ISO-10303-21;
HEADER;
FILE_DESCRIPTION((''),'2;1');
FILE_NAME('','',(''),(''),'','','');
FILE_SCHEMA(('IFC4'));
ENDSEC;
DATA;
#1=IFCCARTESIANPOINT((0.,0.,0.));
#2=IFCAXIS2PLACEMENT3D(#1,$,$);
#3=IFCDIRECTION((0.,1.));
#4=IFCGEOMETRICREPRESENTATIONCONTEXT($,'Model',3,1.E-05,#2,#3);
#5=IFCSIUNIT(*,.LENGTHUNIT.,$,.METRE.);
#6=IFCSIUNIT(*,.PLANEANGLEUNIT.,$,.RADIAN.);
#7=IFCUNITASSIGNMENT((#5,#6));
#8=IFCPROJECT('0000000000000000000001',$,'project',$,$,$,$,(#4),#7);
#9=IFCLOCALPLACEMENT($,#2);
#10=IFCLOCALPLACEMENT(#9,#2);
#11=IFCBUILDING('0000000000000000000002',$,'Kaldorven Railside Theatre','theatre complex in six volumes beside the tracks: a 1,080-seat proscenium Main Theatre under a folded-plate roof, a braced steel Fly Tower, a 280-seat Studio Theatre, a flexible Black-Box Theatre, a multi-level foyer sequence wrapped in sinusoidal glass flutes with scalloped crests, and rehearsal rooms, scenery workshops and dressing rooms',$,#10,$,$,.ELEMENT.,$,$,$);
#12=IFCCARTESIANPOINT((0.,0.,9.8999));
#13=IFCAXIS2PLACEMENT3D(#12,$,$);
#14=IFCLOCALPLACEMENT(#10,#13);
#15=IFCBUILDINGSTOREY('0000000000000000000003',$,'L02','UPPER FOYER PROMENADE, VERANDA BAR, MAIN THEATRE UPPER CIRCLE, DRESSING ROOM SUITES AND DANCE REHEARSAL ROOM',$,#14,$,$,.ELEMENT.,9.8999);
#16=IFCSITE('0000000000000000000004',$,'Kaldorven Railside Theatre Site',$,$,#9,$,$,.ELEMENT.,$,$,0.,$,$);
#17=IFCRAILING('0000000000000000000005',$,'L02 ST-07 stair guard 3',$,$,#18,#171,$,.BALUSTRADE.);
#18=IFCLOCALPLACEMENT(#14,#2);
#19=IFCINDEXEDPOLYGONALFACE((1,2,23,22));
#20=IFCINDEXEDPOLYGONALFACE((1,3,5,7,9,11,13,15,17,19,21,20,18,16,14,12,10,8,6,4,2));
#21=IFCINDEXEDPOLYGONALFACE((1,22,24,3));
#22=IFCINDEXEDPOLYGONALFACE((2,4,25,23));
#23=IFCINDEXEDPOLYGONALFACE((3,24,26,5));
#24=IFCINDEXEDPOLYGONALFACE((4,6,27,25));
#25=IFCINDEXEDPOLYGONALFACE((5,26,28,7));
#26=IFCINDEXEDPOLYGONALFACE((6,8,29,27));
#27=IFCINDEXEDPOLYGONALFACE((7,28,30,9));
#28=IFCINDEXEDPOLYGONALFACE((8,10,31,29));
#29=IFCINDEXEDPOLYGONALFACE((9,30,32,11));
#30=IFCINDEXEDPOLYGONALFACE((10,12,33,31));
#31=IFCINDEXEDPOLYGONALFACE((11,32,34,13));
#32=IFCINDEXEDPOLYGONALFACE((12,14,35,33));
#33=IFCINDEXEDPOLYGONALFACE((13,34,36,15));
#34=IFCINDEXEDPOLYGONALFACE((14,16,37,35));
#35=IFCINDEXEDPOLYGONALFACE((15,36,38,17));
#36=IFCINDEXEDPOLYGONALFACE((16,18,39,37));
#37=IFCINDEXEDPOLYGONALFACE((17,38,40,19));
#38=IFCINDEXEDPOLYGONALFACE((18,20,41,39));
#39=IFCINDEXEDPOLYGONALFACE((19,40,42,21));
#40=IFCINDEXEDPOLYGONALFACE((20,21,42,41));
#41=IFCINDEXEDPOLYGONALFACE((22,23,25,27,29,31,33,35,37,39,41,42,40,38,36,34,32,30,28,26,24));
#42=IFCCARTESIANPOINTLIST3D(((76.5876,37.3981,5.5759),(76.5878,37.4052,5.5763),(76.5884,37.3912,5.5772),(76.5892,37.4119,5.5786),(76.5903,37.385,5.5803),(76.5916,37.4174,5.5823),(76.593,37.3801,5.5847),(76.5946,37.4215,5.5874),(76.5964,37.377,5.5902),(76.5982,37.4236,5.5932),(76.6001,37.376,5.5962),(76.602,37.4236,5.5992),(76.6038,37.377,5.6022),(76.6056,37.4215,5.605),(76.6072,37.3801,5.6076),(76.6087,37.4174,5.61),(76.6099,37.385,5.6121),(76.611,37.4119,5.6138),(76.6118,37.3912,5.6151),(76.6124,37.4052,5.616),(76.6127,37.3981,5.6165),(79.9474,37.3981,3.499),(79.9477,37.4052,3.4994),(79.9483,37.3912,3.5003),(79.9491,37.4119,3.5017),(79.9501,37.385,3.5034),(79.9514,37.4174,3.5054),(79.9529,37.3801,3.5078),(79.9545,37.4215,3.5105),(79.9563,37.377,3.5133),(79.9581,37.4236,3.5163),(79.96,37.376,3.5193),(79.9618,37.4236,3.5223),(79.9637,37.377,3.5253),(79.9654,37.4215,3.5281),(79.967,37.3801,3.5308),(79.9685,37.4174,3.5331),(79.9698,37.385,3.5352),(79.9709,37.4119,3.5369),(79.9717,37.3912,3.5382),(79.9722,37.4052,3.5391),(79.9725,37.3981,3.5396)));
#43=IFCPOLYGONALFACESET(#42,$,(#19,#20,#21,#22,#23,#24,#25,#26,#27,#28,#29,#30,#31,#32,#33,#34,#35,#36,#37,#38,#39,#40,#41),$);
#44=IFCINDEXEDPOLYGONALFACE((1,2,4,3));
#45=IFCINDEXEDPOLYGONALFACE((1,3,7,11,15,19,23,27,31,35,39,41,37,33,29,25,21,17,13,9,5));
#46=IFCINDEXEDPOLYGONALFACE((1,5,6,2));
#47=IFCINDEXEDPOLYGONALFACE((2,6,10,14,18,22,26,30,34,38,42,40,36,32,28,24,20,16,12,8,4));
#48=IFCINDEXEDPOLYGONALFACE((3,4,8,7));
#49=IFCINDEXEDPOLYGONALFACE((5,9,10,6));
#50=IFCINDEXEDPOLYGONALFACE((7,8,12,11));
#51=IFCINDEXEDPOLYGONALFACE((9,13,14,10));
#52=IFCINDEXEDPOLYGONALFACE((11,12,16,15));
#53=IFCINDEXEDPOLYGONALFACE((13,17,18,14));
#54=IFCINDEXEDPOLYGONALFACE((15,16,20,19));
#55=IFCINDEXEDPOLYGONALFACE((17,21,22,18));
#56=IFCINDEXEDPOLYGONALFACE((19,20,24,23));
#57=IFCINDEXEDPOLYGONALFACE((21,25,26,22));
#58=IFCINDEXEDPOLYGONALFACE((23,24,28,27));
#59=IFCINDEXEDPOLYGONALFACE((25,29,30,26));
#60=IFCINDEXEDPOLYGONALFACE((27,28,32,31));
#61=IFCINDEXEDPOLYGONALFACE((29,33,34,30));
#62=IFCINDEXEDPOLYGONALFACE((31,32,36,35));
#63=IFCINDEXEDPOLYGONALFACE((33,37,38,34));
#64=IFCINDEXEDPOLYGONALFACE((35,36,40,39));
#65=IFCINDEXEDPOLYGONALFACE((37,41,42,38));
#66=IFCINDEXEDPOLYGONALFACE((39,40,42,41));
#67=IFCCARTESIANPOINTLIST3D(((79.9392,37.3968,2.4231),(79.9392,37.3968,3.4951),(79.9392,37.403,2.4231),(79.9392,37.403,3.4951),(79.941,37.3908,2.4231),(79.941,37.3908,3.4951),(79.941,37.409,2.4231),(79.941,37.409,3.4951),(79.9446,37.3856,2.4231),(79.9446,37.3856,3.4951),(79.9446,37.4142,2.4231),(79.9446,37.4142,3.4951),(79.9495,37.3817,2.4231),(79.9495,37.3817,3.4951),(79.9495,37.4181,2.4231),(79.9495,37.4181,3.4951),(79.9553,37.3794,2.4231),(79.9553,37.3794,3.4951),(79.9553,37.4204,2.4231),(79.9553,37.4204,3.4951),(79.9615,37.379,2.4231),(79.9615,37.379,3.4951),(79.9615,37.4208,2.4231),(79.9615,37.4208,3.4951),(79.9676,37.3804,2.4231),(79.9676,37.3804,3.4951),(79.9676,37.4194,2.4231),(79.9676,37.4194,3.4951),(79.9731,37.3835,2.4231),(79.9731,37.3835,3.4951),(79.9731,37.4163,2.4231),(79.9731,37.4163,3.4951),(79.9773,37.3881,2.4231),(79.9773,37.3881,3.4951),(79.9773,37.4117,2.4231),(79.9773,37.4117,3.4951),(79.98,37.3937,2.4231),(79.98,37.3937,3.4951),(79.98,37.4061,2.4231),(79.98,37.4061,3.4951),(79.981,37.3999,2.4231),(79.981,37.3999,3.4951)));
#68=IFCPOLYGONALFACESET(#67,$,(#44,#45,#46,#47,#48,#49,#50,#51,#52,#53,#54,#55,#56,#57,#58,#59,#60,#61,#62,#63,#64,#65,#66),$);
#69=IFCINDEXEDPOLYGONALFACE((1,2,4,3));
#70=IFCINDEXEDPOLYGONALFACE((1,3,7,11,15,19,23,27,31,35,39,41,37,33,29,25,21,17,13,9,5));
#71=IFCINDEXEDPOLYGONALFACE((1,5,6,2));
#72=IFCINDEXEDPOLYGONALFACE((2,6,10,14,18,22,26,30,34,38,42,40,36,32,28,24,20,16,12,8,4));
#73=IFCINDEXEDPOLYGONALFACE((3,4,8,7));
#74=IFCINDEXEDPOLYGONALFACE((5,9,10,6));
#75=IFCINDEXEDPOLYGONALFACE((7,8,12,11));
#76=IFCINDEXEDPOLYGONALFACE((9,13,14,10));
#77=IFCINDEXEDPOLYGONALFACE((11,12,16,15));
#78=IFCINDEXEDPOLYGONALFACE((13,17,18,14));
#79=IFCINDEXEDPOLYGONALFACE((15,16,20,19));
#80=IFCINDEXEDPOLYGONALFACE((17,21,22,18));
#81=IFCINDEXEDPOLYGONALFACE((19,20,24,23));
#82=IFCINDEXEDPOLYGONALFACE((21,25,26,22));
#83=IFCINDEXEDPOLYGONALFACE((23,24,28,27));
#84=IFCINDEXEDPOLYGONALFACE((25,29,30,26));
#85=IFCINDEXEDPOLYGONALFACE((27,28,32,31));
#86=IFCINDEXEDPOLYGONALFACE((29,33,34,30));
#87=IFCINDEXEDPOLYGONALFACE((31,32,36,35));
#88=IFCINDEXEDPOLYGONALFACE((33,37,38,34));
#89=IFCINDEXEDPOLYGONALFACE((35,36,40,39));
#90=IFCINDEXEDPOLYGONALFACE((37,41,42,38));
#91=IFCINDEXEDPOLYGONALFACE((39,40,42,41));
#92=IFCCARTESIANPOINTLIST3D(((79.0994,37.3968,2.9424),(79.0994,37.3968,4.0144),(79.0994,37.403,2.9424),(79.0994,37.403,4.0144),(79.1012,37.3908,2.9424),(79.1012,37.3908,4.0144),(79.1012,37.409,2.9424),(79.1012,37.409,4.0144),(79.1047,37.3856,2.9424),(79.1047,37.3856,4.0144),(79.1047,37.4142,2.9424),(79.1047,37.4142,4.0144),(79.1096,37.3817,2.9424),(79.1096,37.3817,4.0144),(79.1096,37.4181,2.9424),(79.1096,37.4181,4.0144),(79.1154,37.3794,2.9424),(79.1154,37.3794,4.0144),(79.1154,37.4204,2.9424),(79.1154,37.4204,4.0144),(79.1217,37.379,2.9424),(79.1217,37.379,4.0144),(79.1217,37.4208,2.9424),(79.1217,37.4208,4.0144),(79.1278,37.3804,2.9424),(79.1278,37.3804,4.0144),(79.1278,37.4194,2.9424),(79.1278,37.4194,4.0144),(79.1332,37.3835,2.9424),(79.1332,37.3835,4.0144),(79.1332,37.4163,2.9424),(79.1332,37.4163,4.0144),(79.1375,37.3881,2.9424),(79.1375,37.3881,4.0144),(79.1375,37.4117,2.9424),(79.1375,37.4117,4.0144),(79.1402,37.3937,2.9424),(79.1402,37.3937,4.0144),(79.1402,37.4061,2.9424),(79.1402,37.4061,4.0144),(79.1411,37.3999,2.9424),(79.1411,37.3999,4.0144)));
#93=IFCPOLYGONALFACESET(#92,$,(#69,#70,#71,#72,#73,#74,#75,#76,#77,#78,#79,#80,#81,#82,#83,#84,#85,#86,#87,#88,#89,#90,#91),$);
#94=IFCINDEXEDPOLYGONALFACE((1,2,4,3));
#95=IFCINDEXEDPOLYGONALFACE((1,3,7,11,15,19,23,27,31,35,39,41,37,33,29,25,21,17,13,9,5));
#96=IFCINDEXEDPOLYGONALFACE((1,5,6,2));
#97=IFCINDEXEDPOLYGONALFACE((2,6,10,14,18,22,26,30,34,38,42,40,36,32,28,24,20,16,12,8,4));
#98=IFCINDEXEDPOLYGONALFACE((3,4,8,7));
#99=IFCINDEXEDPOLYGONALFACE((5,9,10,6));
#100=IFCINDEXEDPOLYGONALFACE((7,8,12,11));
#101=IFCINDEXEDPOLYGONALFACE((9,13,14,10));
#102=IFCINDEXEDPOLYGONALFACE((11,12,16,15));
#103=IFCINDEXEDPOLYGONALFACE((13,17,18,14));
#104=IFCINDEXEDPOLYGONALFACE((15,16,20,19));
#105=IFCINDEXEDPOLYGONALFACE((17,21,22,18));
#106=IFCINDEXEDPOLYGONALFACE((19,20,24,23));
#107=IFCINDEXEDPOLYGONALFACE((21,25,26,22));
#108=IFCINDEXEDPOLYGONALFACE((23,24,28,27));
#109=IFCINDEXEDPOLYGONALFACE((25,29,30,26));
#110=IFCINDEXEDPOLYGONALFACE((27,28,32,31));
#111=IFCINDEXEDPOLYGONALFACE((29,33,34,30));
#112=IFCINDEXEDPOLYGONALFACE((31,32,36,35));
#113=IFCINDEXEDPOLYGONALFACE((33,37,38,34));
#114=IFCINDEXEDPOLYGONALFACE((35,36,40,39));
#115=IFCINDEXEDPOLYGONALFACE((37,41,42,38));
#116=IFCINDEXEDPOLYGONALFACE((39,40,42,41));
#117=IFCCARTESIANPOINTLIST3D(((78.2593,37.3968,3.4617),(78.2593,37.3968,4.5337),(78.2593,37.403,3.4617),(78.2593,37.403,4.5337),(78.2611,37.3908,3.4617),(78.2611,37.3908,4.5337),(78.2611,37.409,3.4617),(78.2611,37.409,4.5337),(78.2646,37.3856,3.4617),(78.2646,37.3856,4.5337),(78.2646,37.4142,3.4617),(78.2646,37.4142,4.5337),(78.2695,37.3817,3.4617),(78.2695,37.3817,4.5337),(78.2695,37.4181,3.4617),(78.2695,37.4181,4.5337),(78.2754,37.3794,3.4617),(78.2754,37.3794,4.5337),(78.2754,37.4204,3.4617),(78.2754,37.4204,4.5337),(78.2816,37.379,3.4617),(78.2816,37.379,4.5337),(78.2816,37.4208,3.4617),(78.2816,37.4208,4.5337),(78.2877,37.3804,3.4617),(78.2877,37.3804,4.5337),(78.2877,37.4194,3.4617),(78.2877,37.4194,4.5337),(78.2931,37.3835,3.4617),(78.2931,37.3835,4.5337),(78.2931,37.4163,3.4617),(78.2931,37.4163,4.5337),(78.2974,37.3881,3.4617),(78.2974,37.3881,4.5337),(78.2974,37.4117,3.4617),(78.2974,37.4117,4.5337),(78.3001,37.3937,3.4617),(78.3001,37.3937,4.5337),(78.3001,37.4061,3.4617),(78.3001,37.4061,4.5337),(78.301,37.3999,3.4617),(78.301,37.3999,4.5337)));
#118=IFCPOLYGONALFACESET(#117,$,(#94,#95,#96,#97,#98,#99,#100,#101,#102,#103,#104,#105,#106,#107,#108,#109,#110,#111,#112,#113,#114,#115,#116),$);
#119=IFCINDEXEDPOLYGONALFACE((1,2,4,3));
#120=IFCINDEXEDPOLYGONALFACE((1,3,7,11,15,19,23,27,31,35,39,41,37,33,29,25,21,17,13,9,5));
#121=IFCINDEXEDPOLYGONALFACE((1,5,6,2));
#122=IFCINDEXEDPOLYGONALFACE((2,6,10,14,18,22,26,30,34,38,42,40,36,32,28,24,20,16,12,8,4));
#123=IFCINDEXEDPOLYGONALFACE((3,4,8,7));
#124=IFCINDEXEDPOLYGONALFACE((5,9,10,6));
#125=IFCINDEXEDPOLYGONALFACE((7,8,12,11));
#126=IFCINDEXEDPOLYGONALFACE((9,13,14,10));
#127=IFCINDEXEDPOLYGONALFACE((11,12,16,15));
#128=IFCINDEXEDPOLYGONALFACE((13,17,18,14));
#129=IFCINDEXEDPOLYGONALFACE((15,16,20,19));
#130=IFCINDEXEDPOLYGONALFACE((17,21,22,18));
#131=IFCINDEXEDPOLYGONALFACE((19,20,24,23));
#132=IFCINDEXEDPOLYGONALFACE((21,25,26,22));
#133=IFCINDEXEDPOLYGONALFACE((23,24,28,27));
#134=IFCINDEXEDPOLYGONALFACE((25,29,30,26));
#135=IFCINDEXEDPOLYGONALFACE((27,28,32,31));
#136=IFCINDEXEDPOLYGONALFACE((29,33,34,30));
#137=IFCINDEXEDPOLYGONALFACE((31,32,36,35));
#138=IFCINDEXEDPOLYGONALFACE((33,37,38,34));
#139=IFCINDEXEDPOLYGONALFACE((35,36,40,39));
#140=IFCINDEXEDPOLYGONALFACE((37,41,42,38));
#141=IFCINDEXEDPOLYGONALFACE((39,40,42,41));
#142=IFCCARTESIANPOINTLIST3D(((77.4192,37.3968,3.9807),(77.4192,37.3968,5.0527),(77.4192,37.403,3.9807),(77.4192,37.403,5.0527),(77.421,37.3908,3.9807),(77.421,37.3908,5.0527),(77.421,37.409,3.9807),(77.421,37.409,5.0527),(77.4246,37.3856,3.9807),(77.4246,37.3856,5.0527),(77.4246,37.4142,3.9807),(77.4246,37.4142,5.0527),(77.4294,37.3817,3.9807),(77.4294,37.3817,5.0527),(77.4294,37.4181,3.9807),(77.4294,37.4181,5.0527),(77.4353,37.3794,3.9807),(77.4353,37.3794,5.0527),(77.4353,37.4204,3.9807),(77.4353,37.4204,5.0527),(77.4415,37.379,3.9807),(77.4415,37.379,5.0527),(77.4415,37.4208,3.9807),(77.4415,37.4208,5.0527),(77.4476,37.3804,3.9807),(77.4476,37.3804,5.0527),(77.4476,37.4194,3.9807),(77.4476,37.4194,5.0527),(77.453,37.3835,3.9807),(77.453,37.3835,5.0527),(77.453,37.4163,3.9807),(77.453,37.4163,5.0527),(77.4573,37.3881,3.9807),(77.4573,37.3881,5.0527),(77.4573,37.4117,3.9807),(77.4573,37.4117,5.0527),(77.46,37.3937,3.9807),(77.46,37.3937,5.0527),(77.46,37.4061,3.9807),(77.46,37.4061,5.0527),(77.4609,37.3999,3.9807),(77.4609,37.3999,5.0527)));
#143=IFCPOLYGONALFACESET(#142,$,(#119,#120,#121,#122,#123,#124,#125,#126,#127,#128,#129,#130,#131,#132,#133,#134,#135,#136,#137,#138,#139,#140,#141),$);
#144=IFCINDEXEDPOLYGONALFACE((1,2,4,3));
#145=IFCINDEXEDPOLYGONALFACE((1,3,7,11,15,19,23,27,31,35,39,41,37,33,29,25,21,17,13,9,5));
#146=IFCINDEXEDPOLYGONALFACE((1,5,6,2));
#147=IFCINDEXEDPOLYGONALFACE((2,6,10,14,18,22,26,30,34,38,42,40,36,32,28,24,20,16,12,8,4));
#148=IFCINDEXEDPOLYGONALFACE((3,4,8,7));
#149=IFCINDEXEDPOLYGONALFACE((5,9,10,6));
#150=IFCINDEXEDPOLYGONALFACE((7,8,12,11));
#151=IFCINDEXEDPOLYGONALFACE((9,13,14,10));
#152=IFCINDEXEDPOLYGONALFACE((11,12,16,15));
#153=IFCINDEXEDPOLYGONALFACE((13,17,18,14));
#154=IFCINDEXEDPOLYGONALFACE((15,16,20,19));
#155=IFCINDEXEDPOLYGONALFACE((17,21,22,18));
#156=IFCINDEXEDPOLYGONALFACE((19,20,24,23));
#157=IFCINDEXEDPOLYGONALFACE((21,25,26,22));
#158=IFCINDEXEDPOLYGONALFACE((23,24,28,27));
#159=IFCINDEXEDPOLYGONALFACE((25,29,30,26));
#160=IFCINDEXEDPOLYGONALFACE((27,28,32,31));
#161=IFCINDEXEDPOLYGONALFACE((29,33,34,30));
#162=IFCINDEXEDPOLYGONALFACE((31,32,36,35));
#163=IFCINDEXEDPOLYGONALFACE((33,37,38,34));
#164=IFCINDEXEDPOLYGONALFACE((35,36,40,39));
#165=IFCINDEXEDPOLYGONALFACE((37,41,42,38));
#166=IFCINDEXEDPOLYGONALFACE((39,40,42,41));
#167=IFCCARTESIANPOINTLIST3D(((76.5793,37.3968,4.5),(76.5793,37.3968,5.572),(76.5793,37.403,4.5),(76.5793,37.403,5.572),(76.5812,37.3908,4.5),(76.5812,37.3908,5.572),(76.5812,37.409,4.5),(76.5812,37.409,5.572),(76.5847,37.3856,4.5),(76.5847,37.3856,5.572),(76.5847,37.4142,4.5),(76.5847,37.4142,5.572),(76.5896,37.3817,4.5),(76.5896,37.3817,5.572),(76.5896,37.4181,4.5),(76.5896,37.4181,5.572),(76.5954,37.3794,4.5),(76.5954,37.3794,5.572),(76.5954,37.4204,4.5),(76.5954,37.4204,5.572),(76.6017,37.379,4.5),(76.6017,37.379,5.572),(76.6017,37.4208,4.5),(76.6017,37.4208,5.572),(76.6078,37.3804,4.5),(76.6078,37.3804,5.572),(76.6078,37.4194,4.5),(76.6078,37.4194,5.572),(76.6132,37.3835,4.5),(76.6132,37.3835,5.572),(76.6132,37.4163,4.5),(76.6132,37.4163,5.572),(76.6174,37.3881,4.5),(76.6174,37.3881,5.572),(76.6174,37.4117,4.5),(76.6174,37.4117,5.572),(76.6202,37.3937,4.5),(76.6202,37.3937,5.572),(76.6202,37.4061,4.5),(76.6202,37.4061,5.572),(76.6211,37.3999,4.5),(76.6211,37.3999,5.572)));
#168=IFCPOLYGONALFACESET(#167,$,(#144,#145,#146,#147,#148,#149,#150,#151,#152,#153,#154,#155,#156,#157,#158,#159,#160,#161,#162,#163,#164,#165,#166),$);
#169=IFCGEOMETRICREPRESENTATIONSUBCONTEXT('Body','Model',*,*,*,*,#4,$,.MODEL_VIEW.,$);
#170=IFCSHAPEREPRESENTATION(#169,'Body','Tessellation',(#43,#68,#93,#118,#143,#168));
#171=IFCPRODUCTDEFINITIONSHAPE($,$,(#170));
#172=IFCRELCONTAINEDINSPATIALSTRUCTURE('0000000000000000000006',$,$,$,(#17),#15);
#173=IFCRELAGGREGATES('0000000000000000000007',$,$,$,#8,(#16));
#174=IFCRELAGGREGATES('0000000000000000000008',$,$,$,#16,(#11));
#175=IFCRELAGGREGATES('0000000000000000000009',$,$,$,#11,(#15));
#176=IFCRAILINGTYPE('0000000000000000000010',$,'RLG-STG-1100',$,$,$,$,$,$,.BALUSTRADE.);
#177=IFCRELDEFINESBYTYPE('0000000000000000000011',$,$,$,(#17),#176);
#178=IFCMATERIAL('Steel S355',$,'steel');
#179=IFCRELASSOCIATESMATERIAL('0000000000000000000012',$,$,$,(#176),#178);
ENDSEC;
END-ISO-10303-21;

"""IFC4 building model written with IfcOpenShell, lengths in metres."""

from ifc_helpers import new_model, si_unit, direction, frame, origin, origin_2d, place, context, subcontext, project, spatial, circle, extrude, material, type_object, element, save


model = new_model("IFC4")

# Units and contexts
model_context = context("Model", 3, precision=1e-05, world=origin(), true_north=direction((0.0, 1.0)))
body_context = subcontext(model_context, "Body", "Model", "MODEL_VIEW")
ifc_project = project(units=[si_unit("LENGTHUNIT", "METRE"), si_unit("PLANEANGLEUNIT", "RADIAN")], contexts=[model_context])

# Site, building, storey
site_placement = place(None, origin())
site = spatial("IfcSite", under=ifc_project, at=site_placement, Name="Kaldorven Railside Theatre Site", CompositionType="ELEMENT", RefElevation=0.0)
building_placement = place(site_placement, origin())
building = spatial("IfcBuilding", under=site, at=building_placement, Name="Kaldorven Railside Theatre", Description="theatre complex in six volumes beside the tracks: a 1,080-seat proscenium Main Theatre under a folded-plate roof, a braced steel Fly Tower, a 280-seat Studio Theatre, a flexible Black-Box Theatre, a multi-level foyer sequence wrapped in sinusoidal glass flutes with scalloped crests, and rehearsal rooms, scenery workshops and dressing rooms", CompositionType="ELEMENT")
storey_placement = place(building_placement, frame((0.0, 0.0, 9.8999)))
storey = spatial("IfcBuildingStorey", under=building, at=storey_placement, Name="L02", Description="UPPER FOYER PROMENADE, VERANDA BAR, MAIN THEATRE UPPER CIRCLE, DRESSING ROOM SUITES AND DANCE REHEARSAL ROOM", CompositionType="ELEMENT", Elevation=9.8999)

# Shared definitions
ifc_material_1 = material(Name="Steel S355", Category="steel")

# Railing
railing_type_1 = type_object("IfcRailingType", Name="RLG-STG-1100", PredefinedType="BALUSTRADE", material=ifc_material_1)
railing_1_placement = place(storey_placement, frame((79.96, 37.3999, 2.4231)))
element("IfcRailing", 1, at=railing_1_placement, inside=storey, type_object=railing_type_1, Name="L02 ST-07 stair guard 3", PredefinedType="BALUSTRADE", context=body_context, shape_type="SweptSolid", body=[
    extrude(circle(Radius=0.0239, at=origin_2d()), frame((0.0, 0.0, 1.0962), z_axis=(-0.850606, 0.0, 0.525803), x_axis=(0.0, -1.0, 0.0)), (0.0, 0.0, 1.0), 3.95),
    extrude(circle(Radius=0.021, at=origin_2d()), origin(), (0.0, 0.0, 1.0), 1.072),
    extrude(circle(Radius=0.021, at=origin_2d()), frame((-0.8398, 0.0, 0.5193)), (0.0, 0.0, 1.0), 1.072),
    extrude(circle(Radius=0.021, at=origin_2d()), frame((-1.6799, 0.0, 1.0386)), (0.0, 0.0, 1.0), 1.072),
    extrude(circle(Radius=0.021, at=origin_2d()), frame((-2.52, 0.0, 1.5576)), (0.0, 0.0, 1.0), 1.072),
    extrude(circle(Radius=0.021, at=origin_2d()), frame((-3.3599, 0.0, 2.0769)), (0.0, 0.0, 1.0), 1.072),
])

save(model, "model.ifc")
